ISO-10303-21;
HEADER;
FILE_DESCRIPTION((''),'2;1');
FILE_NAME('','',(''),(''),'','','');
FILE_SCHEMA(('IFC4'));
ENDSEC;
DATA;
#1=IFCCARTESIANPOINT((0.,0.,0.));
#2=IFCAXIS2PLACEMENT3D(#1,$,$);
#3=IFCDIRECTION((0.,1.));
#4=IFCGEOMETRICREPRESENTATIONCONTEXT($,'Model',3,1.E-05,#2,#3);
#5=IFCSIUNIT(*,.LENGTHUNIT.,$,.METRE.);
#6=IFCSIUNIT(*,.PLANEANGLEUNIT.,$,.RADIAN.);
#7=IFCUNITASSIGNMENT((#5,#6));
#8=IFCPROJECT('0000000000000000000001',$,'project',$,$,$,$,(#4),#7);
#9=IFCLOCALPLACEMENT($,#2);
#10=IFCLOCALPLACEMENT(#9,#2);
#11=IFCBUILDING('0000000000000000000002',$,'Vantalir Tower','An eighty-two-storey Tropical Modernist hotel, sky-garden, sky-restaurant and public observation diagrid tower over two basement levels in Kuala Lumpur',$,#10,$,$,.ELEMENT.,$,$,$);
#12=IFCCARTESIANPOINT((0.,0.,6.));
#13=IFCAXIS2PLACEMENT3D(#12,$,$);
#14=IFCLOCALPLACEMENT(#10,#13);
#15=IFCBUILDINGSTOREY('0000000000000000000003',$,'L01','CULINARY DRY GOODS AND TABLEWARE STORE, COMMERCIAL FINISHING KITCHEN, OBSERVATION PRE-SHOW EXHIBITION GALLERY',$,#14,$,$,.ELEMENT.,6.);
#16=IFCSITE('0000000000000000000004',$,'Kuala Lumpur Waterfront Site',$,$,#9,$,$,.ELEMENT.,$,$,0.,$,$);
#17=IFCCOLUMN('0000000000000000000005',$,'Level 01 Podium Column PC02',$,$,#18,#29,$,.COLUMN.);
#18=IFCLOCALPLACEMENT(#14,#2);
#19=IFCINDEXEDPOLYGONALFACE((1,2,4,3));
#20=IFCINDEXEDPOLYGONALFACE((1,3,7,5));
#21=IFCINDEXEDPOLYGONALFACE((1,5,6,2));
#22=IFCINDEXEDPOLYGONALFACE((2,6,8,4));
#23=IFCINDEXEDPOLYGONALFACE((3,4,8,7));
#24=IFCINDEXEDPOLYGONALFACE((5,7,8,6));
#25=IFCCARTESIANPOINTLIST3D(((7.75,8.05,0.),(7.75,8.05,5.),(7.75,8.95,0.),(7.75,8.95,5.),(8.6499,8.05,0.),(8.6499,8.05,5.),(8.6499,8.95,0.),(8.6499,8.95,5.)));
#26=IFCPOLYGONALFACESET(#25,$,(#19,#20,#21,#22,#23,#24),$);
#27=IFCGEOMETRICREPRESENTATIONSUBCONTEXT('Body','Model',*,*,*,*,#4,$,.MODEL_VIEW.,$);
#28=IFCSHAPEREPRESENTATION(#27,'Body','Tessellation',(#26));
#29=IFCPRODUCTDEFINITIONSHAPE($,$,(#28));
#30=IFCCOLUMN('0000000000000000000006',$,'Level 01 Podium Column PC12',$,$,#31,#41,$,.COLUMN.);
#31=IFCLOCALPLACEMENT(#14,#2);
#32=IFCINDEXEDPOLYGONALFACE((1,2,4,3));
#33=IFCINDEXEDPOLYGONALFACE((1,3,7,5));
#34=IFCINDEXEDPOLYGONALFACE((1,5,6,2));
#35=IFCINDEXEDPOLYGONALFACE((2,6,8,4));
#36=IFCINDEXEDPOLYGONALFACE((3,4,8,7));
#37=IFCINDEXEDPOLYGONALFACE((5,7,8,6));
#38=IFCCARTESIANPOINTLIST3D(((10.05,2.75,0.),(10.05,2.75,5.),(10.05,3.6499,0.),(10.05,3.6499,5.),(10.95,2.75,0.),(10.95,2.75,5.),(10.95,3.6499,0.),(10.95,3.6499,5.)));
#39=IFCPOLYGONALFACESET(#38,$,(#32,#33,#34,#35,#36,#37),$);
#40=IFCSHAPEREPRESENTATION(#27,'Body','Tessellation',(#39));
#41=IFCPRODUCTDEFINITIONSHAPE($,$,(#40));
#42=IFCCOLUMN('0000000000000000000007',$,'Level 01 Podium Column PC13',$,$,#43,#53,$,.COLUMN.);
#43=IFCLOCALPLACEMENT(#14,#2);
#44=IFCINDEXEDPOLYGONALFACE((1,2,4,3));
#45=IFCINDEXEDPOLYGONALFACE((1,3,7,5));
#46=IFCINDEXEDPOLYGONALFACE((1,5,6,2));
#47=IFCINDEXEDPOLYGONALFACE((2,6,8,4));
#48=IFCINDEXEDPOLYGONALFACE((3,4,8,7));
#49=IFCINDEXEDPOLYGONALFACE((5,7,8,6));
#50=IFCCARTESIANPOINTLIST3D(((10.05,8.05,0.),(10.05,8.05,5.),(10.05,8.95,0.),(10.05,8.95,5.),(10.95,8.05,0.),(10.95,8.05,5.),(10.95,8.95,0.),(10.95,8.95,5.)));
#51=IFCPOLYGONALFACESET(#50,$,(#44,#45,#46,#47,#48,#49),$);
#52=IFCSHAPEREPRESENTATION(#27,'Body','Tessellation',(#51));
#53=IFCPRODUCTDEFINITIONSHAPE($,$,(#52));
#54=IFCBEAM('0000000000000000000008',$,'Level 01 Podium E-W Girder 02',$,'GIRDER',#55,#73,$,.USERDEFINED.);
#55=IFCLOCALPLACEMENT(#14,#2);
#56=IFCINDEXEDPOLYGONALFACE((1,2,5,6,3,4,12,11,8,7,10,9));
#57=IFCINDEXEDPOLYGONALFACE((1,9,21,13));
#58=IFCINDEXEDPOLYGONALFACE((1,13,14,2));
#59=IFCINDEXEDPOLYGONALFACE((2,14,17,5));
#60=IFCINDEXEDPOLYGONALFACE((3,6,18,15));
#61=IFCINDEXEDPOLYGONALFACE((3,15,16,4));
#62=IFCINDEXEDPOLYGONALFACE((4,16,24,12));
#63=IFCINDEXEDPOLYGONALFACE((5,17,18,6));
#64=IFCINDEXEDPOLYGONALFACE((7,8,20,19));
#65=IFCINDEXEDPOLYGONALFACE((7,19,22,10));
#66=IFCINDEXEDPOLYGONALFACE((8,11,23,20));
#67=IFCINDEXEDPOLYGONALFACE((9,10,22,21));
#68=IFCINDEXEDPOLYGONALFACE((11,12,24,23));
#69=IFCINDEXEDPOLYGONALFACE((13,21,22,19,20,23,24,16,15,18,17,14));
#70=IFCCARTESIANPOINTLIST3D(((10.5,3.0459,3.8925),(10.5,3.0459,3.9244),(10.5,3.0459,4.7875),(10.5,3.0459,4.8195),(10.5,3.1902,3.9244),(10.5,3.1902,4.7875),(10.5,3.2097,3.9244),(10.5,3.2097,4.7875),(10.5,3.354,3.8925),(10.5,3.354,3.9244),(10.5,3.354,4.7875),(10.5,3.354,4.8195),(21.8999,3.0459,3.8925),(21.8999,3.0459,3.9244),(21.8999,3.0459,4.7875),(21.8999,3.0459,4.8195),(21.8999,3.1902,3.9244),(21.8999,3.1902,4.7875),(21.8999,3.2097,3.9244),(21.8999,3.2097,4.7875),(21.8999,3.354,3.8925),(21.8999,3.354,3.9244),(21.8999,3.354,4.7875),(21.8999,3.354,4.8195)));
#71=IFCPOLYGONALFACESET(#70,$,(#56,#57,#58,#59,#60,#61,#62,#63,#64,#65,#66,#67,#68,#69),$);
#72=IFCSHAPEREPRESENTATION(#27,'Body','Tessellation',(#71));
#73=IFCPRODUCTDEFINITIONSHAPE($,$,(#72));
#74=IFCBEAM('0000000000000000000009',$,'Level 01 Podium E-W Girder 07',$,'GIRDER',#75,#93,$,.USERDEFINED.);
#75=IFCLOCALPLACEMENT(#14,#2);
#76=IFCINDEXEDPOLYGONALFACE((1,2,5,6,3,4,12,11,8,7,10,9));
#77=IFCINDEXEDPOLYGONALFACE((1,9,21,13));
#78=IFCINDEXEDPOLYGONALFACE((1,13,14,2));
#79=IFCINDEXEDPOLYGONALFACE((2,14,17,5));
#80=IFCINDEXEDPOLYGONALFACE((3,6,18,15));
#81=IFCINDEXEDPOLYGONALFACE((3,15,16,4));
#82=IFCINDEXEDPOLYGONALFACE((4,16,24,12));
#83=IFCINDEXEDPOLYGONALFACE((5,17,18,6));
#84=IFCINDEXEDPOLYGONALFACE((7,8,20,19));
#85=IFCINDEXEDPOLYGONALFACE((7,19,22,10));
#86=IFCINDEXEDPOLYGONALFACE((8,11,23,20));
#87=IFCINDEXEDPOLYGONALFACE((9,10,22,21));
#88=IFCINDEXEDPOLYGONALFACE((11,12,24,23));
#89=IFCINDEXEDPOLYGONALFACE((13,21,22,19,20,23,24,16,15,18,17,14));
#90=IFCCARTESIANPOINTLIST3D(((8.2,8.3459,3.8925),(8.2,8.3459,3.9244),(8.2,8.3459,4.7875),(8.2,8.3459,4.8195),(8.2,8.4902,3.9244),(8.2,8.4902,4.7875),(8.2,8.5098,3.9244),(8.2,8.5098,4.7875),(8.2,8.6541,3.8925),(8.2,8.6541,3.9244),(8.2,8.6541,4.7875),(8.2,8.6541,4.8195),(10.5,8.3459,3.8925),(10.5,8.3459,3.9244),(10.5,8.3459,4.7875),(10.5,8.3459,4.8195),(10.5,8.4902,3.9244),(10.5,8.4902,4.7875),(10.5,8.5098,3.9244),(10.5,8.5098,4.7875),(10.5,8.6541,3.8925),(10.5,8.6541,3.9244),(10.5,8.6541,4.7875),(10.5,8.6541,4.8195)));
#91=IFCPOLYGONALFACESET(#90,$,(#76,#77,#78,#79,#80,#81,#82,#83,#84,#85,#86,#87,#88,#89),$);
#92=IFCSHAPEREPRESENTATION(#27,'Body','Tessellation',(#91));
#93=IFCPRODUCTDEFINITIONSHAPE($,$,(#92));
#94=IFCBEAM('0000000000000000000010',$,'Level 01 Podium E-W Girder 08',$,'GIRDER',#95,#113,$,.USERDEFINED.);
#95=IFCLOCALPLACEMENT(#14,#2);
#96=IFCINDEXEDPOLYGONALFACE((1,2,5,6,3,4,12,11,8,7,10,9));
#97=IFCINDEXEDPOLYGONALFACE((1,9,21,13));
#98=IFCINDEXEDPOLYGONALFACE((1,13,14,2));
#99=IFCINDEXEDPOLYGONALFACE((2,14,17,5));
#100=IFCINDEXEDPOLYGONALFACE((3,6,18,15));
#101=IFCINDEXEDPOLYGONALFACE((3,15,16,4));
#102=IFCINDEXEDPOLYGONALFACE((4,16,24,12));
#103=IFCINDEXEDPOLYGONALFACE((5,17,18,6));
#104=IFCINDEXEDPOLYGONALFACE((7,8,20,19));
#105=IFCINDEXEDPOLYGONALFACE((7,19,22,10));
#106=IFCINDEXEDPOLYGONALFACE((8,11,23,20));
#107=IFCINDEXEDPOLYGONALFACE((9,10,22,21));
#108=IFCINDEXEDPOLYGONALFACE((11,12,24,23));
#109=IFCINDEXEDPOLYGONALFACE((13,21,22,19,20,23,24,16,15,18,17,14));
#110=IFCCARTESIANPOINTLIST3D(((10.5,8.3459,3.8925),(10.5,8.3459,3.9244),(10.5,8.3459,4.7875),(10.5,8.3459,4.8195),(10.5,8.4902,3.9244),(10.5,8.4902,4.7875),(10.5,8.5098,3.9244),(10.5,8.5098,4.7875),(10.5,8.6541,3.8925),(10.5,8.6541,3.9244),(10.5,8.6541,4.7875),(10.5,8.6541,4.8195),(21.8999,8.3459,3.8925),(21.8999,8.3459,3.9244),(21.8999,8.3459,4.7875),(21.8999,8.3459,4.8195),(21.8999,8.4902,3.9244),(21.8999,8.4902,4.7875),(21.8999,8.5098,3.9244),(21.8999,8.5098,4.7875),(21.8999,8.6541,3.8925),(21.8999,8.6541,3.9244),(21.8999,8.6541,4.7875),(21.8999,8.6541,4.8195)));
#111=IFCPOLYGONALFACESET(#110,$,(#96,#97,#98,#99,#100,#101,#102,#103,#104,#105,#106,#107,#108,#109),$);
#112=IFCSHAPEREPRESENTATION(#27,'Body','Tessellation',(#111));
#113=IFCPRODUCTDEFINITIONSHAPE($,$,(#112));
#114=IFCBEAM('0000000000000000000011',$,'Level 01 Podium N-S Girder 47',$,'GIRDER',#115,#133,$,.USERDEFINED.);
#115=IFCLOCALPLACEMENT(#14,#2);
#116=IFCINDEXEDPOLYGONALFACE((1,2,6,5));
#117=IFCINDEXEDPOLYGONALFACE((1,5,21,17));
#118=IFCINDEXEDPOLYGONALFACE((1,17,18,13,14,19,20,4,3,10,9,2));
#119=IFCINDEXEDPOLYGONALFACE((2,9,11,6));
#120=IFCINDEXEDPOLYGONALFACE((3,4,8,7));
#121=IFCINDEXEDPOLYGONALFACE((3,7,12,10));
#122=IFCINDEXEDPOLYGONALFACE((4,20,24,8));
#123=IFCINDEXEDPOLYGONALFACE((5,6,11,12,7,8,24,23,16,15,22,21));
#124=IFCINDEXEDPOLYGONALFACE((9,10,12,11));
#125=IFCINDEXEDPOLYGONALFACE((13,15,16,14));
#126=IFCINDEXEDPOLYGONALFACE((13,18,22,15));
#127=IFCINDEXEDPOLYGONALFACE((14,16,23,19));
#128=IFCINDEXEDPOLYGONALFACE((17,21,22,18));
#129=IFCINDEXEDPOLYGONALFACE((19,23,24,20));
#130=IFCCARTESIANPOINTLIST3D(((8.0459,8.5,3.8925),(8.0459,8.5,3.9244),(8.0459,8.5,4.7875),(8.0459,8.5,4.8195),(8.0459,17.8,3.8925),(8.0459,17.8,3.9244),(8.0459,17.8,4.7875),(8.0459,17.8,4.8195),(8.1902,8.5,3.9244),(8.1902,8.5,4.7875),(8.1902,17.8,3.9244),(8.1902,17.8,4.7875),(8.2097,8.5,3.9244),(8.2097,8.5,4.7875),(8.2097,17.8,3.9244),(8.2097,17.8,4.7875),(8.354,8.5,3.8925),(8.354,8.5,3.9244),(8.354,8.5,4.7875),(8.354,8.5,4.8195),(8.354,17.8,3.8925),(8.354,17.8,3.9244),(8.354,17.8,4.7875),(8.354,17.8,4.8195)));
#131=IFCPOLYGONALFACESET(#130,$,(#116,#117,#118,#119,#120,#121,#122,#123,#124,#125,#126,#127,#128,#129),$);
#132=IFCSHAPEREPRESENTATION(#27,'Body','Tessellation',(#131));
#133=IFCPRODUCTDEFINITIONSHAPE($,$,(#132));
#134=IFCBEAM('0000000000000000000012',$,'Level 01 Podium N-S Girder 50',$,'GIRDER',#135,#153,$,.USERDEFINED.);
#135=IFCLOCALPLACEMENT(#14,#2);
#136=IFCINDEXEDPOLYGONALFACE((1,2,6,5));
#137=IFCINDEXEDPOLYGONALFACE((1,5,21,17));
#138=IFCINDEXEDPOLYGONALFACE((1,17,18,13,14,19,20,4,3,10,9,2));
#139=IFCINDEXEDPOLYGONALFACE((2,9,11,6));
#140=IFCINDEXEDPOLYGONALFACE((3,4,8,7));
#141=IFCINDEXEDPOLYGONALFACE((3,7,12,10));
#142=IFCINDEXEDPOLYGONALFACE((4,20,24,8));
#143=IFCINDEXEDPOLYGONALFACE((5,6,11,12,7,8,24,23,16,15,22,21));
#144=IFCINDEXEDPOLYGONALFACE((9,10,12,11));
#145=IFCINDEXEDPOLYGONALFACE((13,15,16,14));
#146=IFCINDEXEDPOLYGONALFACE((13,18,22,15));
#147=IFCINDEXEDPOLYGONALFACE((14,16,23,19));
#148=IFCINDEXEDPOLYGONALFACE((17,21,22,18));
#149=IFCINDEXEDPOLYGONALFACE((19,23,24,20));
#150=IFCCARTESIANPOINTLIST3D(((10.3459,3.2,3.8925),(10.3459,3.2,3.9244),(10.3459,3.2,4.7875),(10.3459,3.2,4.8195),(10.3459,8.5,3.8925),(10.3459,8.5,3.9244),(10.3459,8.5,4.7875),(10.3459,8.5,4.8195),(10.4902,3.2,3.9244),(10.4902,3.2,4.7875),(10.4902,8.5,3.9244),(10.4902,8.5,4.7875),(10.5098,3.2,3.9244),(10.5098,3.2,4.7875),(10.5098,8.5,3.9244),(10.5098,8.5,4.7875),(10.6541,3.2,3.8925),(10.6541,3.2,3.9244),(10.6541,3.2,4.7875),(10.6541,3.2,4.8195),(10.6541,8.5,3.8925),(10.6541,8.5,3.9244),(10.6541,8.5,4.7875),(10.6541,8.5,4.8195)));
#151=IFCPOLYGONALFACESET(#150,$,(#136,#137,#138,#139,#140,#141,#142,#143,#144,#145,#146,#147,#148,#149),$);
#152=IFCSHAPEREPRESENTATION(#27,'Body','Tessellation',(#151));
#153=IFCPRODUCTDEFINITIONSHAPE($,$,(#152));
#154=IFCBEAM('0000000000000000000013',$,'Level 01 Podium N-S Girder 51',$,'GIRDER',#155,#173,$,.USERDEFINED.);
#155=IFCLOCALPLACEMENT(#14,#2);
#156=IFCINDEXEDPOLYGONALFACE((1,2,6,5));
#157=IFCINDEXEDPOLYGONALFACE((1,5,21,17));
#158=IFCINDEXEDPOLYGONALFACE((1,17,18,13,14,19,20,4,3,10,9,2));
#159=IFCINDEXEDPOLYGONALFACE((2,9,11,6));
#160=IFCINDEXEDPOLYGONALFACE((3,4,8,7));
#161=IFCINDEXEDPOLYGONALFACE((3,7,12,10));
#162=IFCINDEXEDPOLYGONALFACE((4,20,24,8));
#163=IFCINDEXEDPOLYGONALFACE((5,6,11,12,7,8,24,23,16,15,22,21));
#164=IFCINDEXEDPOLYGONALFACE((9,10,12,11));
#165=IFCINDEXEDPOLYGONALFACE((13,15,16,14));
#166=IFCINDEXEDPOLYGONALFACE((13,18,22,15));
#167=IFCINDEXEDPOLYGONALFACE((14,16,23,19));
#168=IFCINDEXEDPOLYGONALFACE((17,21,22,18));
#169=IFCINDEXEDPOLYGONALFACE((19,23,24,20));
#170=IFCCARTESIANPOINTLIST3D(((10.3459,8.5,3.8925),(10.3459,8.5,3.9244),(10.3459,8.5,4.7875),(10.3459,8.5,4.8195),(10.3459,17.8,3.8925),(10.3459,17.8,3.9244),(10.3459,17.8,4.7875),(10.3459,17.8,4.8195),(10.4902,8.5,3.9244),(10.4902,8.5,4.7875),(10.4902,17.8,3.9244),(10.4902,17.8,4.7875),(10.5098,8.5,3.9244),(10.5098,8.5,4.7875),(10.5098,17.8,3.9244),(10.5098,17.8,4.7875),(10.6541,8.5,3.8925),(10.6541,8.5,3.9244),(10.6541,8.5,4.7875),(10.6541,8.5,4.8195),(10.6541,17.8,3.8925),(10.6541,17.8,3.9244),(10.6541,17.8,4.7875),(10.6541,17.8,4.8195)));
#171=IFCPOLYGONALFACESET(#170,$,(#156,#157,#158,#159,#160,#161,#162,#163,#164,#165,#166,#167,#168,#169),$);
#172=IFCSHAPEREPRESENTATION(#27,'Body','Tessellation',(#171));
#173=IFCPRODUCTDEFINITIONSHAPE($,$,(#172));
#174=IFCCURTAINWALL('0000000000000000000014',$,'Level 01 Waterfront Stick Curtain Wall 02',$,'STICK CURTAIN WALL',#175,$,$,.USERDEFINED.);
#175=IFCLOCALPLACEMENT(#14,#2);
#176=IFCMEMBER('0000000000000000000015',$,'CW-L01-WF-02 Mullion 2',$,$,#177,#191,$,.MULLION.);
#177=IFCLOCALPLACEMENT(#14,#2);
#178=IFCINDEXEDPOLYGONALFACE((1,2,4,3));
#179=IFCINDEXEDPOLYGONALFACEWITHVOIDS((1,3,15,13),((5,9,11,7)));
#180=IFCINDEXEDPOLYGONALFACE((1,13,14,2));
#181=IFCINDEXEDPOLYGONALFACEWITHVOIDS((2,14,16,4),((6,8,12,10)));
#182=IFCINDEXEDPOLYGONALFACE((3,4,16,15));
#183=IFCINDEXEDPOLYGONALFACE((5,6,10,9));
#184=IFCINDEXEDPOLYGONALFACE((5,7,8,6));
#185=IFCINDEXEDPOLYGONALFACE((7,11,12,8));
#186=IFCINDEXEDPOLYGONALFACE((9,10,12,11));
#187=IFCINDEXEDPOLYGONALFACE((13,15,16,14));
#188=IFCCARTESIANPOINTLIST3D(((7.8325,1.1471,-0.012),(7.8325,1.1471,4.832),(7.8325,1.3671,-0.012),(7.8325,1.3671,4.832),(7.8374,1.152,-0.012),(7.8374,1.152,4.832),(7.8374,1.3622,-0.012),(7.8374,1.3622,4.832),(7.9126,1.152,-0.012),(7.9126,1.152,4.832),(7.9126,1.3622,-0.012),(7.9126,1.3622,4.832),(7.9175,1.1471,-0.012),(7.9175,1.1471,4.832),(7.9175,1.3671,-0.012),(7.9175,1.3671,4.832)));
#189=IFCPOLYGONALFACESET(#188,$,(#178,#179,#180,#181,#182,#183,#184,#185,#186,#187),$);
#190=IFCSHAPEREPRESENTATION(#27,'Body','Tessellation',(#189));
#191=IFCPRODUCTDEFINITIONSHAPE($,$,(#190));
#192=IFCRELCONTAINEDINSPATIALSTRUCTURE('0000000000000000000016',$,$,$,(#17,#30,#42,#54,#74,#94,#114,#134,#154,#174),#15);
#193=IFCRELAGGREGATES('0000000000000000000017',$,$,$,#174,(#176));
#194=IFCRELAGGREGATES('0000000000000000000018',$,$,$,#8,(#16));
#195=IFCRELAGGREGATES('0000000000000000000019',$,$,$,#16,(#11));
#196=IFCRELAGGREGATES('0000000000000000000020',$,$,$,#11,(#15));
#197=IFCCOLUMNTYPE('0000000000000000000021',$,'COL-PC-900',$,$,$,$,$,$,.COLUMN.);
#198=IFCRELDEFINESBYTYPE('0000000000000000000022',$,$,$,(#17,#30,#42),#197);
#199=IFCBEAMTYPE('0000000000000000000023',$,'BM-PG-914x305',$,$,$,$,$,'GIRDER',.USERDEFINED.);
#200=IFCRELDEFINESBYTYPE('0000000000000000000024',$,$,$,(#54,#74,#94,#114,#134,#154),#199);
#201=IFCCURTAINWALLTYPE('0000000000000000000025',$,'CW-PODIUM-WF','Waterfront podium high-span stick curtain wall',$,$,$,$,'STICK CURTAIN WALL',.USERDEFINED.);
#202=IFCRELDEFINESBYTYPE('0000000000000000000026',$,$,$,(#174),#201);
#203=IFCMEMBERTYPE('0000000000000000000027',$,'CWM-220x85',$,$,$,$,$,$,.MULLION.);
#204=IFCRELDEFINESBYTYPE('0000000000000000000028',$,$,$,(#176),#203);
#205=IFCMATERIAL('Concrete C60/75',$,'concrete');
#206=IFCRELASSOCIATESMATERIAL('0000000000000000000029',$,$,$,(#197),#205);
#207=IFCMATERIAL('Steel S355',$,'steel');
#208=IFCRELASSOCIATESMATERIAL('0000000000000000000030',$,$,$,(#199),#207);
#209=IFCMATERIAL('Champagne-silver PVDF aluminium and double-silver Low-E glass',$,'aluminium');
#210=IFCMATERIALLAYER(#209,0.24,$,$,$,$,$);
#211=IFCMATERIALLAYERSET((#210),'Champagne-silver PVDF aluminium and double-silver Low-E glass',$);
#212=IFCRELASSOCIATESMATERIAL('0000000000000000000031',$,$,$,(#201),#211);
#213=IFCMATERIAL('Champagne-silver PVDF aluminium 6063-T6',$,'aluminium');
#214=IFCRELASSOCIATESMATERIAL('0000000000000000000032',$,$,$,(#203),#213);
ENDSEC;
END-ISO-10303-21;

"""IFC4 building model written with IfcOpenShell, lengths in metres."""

from ifc_helpers import new_model, si_unit, direction, frame, origin, origin_2d, place, context, subcontext, project, spatial, rectangle, hollow_rectangle, i_section, extrude, material, layer, layer_set, material_profile, profile_set, type_object, element, aggregate, save


model = new_model("IFC4")

# Units and contexts
model_context = context("Model", 3, precision=1e-05, world=origin(), true_north=direction((0.0, 1.0)))
body_context = subcontext(model_context, "Body", "Model", "MODEL_VIEW")
ifc_project = project(units=[si_unit("LENGTHUNIT", "METRE"), si_unit("PLANEANGLEUNIT", "RADIAN")], contexts=[model_context])

# Site, building, storey
site_placement = place(None, origin())
site = spatial("IfcSite", under=ifc_project, at=site_placement, Name="Kuala Lumpur Waterfront Site", CompositionType="ELEMENT", RefElevation=0.0)
building_placement = place(site_placement, origin())
building = spatial("IfcBuilding", under=site, at=building_placement, Name="Vantalir Tower", Description="An eighty-two-storey Tropical Modernist hotel, sky-garden, sky-restaurant and public observation diagrid tower over two basement levels in Kuala Lumpur", CompositionType="ELEMENT")
storey_placement = place(building_placement, frame((0.0, 0.0, 6.0)))
storey = spatial("IfcBuildingStorey", under=building, at=storey_placement, Name="L01", Description="CULINARY DRY GOODS AND TABLEWARE STORE, COMMERCIAL FINISHING KITCHEN, OBSERVATION PRE-SHOW EXHIBITION GALLERY", CompositionType="ELEMENT", Elevation=6.0)

# Columns
ifc_material_1 = material(Name="Concrete C60/75", Category="concrete")
ifc_material_profile_1 = material_profile(ifc_material_1, rectangle(XDim=0.8999, YDim=0.8999, at=origin_2d()), Name="Concrete C60/75")
ifc_profile_set_1 = profile_set([ifc_material_profile_1], Name="Concrete C60/75")
column_type = type_object("IfcColumnType", Name="COL-PC-900", PredefinedType="COLUMN", material=ifc_profile_set_1)
for number, where, z_axis, x_axis, name in (
    (1, (8.2, 8.5, 0.0), (0.0, 0.0, 1.0), (1.0, 0.0, 0.0), "Level 01 Podium Column PC02"),
    (2, (10.5, 3.2, 0.0), (0.0, 0.0, 1.0), (1.0, 0.0, 0.0), "Level 01 Podium Column PC12"),
    (3, (10.5, 8.5, 0.0), (0.0, 0.0, 1.0), (1.0, 0.0, 0.0), "Level 01 Podium Column PC13"),
):
    element("IfcColumn", number, at=place(storey_placement, frame(where, z_axis=z_axis, x_axis=x_axis)), inside=storey, type_object=column_type, Name=name, PredefinedType="COLUMN", context=body_context, shape_type="SweptSolid", body=[
        extrude(rectangle(XDim=0.8999, YDim=0.8999, at=origin_2d()), origin(), (0.0, 0.0, 1.0), 5.0),
    ])

# Beams
ifc_material_2 = material(Name="Steel S355", Category="steel")
ifc_material_profile_2 = material_profile(ifc_material_2, i_section(OverallWidth=0.3081, OverallDepth=0.927, WebThickness=0.0195, FlangeThickness=0.032, at=origin_2d()), Name="Steel S355")
ifc_profile_set_2 = profile_set([ifc_material_profile_2], Name="Steel S355")
beam_type = type_object("IfcBeamType", Name="BM-PG-914x305", ElementType="GIRDER", PredefinedType="USERDEFINED", material=ifc_profile_set_2)
beam_1_placement = place(storey_placement, frame((10.5, 3.2, 4.356), z_axis=(1.0, 0.0, 0.0), x_axis=(0.0, 1.0, 0.0)))
element("IfcBeam", 4, at=beam_1_placement, inside=storey, type_object=beam_type, Name="Level 01 Podium E-W Girder 02", ObjectType="GIRDER", PredefinedType="USERDEFINED", context=body_context, shape_type="SweptSolid", body=[
    extrude(i_section(OverallWidth=0.3081, OverallDepth=0.927, WebThickness=0.0195, FlangeThickness=0.032, at=origin_2d()), origin(), (0.0, 0.0, 1.0), 11.3999),
])
beam_2_placement = place(storey_placement, frame((8.2, 8.5, 4.356), z_axis=(1.0, 0.0, 0.0), x_axis=(0.0, 1.0, 0.0)))
element("IfcBeam", 5, at=beam_2_placement, inside=storey, type_object=beam_type, Name="Level 01 Podium E-W Girder 07", ObjectType="GIRDER", PredefinedType="USERDEFINED", context=body_context, shape_type="SweptSolid", body=[
    extrude(i_section(OverallWidth=0.3081, OverallDepth=0.927, WebThickness=0.0195, FlangeThickness=0.032, at=origin_2d()), origin(), (0.0, 0.0, 1.0), 2.3),
])
beam_3_placement = place(storey_placement, frame((10.5, 8.5, 4.356), z_axis=(1.0, 0.0, 0.0), x_axis=(0.0, 1.0, 0.0)))
element("IfcBeam", 6, at=beam_3_placement, inside=storey, type_object=beam_type, Name="Level 01 Podium E-W Girder 08", ObjectType="GIRDER", PredefinedType="USERDEFINED", context=body_context, shape_type="SweptSolid", body=[
    extrude(i_section(OverallWidth=0.3081, OverallDepth=0.927, WebThickness=0.0195, FlangeThickness=0.032, at=origin_2d()), origin(), (0.0, 0.0, 1.0), 11.3999),
])
beam_4_placement = place(storey_placement, frame((8.2, 8.5, 4.356), z_axis=(0.0, 1.0, 0.0), x_axis=(-1.0, 0.0, 0.0)))
element("IfcBeam", 7, at=beam_4_placement, inside=storey, type_object=beam_type, Name="Level 01 Podium N-S Girder 47", ObjectType="GIRDER", PredefinedType="USERDEFINED", context=body_context, shape_type="SweptSolid", body=[
    extrude(i_section(OverallWidth=0.3081, OverallDepth=0.927, WebThickness=0.0195, FlangeThickness=0.032, at=origin_2d()), origin(), (0.0, 0.0, 1.0), 9.3),
])
beam_5_placement = place(storey_placement, frame((10.5, 3.2, 4.356), z_axis=(0.0, 1.0, 0.0), x_axis=(-1.0, 0.0, 0.0)))
element("IfcBeam", 8, at=beam_5_placement, inside=storey, type_object=beam_type, Name="Level 01 Podium N-S Girder 50", ObjectType="GIRDER", PredefinedType="USERDEFINED", context=body_context, shape_type="SweptSolid", body=[
    extrude(i_section(OverallWidth=0.3081, OverallDepth=0.927, WebThickness=0.0195, FlangeThickness=0.032, at=origin_2d()), origin(), (0.0, 0.0, 1.0), 5.3),
])
beam_6_placement = place(storey_placement, frame((10.5, 8.5, 4.356), z_axis=(0.0, 1.0, 0.0), x_axis=(-1.0, 0.0, 0.0)))
element("IfcBeam", 9, at=beam_6_placement, inside=storey, type_object=beam_type, Name="Level 01 Podium N-S Girder 51", ObjectType="GIRDER", PredefinedType="USERDEFINED", context=body_context, shape_type="SweptSolid", body=[
    extrude(i_section(OverallWidth=0.3081, OverallDepth=0.927, WebThickness=0.0195, FlangeThickness=0.032, at=origin_2d()), origin(), (0.0, 0.0, 1.0), 9.3),
])

# Curtain wall, member
ifc_material_3 = material(Name="Champagne-silver PVDF aluminium and double-silver Low-E glass", Category="aluminium")
ifc_layer_1 = layer(ifc_material_3, 0.24)
ifc_layer_set_1 = layer_set([ifc_layer_1], Name="Champagne-silver PVDF aluminium and double-silver Low-E glass")
curtain_wall_type = type_object("IfcCurtainWallType", Name="CW-PODIUM-WF", Description="Waterfront podium high-span stick curtain wall", ElementType="STICK CURTAIN WALL", PredefinedType="USERDEFINED", material=ifc_layer_set_1)
curtain_wall_1_placement = place(storey_placement, origin())
curtain_wall_1 = element("IfcCurtainWall", 10, at=curtain_wall_1_placement, inside=storey, type_object=curtain_wall_type, Name="Level 01 Waterfront Stick Curtain Wall 02", ObjectType="STICK CURTAIN WALL", PredefinedType="USERDEFINED")
ifc_material_4 = material(Name="Champagne-silver PVDF aluminium 6063-T6", Category="aluminium")
ifc_material_profile_3 = material_profile(ifc_material_4, hollow_rectangle(XDim=0.085, YDim=0.22, WallThickness=0.0049, at=origin_2d()), Name="Champagne-silver PVDF aluminium 6063-T6")
ifc_profile_set_3 = profile_set([ifc_material_profile_3], Name="Champagne-silver PVDF aluminium 6063-T6")
member_type_1 = type_object("IfcMemberType", Name="CWM-220x85", PredefinedType="MULLION", material=ifc_profile_set_3)
member_1_placement = place(storey_placement, frame((7.875, 1.2571, -0.012), z_axis=(0.0, 0.0, 1.0), x_axis=(1.0, 0.0, 0.0)))
member_1 = element("IfcMember", 11, at=member_1_placement, type_object=member_type_1, Name="CW-L01-WF-02 Mullion 2", PredefinedType="MULLION", context=body_context, shape_type="SweptSolid", body=[
    extrude(hollow_rectangle(XDim=0.085, YDim=0.22, WallThickness=0.0049, at=origin_2d()), origin(), (0.0, 0.0, 1.0), 4.844),
])

aggregate(curtain_wall_1, [member_1])

save(model, "model.ifc")
